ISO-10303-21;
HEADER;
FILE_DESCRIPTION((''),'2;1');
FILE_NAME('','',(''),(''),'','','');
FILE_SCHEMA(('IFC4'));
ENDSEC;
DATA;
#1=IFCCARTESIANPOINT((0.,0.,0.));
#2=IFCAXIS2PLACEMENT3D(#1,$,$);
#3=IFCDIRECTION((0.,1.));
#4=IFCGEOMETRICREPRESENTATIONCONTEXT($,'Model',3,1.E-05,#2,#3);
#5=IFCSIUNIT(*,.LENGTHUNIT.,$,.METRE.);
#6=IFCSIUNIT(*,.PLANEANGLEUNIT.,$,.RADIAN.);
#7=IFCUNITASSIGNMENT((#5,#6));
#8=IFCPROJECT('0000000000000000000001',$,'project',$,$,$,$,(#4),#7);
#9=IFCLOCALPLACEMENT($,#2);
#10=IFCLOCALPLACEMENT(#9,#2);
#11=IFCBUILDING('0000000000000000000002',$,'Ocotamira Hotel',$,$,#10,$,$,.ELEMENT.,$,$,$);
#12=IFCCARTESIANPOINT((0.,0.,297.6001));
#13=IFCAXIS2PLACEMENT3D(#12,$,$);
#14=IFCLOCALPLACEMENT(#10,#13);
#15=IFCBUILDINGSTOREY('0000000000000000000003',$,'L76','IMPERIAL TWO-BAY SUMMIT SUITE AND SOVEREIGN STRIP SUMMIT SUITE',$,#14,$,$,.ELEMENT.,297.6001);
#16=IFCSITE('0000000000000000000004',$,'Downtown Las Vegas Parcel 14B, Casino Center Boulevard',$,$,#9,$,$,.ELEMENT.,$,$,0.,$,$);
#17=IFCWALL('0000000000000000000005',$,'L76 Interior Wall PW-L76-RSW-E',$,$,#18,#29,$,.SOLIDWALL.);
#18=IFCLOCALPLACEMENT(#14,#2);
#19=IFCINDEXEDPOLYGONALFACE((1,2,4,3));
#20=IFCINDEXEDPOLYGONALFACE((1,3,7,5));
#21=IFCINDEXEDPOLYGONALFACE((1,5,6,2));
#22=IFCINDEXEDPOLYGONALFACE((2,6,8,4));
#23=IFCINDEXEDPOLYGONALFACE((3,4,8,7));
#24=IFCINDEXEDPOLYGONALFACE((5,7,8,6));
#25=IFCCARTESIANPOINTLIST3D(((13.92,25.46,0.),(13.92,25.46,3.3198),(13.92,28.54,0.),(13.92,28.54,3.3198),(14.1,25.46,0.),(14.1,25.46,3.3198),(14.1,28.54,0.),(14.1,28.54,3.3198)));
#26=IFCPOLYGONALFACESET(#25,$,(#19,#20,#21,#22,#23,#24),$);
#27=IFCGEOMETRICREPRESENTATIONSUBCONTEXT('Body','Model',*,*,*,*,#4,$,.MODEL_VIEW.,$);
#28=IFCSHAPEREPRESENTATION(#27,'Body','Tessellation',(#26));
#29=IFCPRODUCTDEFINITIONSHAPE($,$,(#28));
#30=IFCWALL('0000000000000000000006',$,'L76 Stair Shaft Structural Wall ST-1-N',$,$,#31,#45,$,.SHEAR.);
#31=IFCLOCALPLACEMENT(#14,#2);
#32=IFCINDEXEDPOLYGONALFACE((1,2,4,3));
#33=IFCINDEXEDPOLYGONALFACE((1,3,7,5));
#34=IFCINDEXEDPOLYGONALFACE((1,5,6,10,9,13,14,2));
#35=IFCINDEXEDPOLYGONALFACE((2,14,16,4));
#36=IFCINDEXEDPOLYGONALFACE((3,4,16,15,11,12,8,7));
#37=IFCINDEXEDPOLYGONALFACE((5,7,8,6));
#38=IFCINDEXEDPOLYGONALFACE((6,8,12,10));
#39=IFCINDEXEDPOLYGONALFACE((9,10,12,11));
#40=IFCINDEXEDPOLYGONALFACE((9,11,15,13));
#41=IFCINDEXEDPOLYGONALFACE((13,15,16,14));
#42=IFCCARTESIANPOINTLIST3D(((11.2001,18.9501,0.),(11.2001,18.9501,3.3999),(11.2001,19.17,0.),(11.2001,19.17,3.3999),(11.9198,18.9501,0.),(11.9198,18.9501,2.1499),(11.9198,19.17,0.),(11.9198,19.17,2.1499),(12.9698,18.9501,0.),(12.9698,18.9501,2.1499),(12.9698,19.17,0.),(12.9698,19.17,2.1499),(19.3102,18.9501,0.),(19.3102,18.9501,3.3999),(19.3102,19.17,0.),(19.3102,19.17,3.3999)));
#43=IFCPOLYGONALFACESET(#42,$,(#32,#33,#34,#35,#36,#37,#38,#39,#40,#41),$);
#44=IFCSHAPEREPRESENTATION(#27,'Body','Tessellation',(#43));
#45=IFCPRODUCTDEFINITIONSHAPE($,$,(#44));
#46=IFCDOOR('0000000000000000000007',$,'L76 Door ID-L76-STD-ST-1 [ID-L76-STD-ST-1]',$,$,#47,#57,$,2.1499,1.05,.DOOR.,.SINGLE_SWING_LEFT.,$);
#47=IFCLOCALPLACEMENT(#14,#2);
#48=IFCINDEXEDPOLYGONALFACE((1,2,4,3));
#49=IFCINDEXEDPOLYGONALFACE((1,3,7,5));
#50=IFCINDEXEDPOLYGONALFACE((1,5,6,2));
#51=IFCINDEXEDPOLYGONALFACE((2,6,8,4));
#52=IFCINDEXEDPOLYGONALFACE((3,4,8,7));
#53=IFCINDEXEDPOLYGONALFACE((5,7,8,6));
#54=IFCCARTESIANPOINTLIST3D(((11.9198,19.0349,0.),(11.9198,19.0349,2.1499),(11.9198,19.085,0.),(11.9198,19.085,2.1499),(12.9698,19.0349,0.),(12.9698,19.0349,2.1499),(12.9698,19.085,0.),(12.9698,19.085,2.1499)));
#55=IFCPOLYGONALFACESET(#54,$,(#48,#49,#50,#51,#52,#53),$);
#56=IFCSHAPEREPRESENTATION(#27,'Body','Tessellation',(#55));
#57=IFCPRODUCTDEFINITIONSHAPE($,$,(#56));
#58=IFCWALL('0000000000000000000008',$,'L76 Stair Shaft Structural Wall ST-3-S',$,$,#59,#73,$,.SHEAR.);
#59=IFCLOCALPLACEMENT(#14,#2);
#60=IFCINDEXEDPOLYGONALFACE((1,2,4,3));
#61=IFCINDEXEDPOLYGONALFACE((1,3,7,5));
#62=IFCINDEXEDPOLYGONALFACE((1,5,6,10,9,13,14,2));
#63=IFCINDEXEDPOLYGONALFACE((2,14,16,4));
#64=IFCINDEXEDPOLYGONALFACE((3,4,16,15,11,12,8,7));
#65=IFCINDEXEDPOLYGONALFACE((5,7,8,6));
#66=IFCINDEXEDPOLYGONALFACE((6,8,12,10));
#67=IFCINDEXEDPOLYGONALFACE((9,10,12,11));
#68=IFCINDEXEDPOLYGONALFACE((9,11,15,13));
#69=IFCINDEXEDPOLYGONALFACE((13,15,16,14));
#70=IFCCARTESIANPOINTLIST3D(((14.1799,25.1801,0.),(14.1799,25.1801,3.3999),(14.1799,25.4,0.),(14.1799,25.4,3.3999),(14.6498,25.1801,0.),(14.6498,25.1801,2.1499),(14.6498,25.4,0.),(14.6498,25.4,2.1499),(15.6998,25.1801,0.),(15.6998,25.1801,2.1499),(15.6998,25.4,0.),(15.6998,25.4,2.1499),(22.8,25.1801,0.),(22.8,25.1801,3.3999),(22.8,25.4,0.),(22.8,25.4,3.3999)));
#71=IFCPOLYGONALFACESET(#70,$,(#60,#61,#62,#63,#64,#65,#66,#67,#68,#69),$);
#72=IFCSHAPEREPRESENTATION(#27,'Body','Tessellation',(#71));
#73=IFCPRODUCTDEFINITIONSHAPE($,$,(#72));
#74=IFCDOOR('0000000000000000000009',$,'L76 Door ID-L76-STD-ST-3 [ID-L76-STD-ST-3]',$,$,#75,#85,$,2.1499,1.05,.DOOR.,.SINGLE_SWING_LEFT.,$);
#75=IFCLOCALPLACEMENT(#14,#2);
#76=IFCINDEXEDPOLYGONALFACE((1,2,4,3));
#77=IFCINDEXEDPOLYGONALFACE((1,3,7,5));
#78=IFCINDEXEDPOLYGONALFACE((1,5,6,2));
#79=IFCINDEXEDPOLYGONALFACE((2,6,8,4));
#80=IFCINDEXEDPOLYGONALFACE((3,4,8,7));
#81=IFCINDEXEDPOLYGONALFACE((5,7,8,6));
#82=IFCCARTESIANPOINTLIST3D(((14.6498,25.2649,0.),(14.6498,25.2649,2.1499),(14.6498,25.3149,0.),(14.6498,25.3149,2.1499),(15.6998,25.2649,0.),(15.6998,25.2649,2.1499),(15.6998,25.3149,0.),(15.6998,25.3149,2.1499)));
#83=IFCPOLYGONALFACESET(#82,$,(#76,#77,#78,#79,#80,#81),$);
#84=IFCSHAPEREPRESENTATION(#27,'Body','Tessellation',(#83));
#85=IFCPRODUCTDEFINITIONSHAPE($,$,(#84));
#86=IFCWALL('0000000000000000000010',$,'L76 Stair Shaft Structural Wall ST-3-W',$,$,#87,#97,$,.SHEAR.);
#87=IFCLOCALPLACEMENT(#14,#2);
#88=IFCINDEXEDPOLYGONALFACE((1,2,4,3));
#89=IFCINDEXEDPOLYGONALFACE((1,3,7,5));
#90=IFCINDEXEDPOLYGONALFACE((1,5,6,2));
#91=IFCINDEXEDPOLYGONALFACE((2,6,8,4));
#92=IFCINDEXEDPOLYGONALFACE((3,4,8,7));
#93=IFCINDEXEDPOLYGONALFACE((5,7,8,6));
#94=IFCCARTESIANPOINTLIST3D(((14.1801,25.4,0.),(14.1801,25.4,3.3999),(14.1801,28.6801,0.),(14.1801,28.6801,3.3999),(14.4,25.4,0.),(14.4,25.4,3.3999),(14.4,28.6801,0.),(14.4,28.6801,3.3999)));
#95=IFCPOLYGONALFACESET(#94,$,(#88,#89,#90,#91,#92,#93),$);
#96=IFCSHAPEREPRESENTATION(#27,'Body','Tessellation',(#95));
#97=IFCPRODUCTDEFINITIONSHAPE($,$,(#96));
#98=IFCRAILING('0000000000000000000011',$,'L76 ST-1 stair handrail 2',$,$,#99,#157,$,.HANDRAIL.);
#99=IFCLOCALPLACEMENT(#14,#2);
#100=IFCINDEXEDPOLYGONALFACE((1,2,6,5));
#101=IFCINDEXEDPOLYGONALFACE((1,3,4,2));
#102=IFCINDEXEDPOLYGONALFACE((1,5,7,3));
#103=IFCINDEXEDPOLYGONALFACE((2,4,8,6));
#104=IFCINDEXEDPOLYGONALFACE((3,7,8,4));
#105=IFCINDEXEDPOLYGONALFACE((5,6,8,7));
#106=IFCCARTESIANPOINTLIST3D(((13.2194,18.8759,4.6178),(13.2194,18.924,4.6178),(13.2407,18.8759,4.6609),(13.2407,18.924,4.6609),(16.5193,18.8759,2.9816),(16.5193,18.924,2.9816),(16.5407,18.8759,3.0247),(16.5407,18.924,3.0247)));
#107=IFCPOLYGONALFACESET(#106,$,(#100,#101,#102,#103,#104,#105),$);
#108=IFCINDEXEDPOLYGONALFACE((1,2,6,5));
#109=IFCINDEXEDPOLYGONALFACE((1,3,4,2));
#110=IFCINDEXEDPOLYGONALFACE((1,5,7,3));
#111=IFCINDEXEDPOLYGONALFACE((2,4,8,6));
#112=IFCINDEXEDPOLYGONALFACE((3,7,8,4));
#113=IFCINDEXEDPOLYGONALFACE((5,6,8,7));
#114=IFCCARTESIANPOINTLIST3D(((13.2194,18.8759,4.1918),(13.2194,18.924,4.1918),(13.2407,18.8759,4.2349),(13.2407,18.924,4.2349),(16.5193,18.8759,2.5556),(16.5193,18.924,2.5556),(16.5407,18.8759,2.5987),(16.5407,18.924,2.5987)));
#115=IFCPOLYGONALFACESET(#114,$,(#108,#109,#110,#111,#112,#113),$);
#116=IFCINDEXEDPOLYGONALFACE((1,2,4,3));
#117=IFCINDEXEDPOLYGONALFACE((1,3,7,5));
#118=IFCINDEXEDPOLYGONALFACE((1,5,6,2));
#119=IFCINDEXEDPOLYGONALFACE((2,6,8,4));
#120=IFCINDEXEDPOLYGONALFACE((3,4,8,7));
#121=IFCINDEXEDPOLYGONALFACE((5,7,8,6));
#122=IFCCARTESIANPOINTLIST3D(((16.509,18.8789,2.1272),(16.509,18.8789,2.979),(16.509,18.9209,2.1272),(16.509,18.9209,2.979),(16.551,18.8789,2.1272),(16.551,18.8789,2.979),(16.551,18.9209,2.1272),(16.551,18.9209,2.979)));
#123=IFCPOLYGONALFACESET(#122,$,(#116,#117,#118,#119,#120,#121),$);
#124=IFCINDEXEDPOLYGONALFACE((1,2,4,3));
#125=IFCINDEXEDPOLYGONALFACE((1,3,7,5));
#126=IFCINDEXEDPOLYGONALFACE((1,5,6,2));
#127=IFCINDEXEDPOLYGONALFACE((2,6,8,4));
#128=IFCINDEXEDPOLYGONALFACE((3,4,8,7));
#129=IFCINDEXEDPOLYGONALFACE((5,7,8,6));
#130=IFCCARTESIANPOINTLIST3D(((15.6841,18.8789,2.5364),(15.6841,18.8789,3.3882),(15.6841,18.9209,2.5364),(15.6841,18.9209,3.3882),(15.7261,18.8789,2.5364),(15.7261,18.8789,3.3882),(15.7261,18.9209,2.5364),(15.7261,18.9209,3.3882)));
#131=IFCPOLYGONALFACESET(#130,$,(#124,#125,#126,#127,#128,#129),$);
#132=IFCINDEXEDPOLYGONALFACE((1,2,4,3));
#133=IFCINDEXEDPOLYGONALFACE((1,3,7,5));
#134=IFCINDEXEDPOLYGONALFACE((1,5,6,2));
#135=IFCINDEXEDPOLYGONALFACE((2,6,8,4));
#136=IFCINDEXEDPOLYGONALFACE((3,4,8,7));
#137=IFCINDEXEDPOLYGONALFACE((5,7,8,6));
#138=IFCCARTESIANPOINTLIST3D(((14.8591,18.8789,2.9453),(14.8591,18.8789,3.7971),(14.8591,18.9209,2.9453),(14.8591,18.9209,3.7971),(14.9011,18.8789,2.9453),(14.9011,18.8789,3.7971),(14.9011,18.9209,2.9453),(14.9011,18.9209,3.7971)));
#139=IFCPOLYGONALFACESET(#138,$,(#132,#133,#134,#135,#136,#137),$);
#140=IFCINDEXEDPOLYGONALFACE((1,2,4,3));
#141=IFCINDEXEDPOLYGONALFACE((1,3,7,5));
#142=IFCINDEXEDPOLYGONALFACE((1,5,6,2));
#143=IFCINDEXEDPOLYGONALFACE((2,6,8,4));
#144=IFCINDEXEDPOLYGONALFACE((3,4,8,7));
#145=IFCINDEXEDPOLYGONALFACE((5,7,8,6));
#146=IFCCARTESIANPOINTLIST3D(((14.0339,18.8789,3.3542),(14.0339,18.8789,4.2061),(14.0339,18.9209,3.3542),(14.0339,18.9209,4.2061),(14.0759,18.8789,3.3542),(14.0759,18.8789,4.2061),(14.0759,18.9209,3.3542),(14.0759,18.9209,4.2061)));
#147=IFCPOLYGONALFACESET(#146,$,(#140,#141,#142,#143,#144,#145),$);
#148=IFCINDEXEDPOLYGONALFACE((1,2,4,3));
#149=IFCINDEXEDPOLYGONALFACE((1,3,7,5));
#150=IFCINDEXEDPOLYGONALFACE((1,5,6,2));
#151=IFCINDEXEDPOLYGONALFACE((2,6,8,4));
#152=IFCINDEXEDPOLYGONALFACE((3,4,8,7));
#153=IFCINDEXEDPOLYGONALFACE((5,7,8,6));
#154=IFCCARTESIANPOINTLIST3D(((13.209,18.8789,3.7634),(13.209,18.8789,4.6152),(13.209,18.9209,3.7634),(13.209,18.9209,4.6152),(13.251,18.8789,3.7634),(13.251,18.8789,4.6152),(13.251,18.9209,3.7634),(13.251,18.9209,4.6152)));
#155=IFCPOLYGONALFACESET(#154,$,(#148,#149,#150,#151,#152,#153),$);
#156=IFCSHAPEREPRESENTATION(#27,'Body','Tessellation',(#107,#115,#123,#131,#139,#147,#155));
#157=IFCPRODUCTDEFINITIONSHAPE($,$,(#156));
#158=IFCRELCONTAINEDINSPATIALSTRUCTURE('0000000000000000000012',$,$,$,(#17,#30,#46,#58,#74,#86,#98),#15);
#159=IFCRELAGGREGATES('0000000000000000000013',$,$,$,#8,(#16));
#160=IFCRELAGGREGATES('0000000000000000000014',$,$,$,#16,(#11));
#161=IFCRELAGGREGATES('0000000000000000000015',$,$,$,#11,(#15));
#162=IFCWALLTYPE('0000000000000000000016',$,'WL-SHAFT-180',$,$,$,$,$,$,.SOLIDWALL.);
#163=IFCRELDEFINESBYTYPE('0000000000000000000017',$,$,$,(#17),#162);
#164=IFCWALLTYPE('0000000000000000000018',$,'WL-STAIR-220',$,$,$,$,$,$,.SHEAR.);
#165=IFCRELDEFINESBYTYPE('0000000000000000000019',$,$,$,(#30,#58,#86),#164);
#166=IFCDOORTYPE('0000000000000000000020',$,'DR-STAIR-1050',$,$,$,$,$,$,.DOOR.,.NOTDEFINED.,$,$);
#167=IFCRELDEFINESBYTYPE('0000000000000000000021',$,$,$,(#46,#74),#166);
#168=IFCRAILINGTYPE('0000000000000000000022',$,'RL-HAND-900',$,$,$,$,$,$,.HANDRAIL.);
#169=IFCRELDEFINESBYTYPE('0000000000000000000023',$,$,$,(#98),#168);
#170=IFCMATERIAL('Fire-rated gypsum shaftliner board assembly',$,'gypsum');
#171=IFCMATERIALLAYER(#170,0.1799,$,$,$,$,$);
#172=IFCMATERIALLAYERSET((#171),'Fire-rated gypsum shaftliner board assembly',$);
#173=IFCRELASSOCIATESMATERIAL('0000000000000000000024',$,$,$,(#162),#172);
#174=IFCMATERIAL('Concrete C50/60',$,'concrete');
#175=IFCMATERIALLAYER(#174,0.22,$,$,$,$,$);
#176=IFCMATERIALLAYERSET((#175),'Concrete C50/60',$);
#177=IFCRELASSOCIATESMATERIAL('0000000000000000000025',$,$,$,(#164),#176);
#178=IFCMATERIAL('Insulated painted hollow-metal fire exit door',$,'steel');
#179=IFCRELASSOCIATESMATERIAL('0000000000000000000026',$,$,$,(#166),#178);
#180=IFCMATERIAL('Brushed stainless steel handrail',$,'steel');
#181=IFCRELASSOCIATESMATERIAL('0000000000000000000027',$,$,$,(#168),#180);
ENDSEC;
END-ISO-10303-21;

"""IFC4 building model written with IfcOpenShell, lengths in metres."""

from ifc_helpers import new_model, si_unit, direction, frame, frame_2d, origin, origin_2d, place, context, subcontext, project, spatial, rectangle, extrude, source, transform, mapped, material, layer, layer_set, type_object, element, fill, save


model = new_model("IFC4")

# Units and contexts
model_context = context("Model", 3, precision=1e-05, world=origin(), true_north=direction((0.0, 1.0)))
body_context = subcontext(model_context, "Body", "Model", "MODEL_VIEW")
ifc_project = project(units=[si_unit("LENGTHUNIT", "METRE"), si_unit("PLANEANGLEUNIT", "RADIAN")], contexts=[model_context])

# Site, building, storey
site_placement = place(None, origin())
site = spatial("IfcSite", under=ifc_project, at=site_placement, Name="Downtown Las Vegas Parcel 14B, Casino Center Boulevard", CompositionType="ELEMENT", RefElevation=0.0)
building_placement = place(site_placement, origin())
building = spatial("IfcBuilding", under=site, at=building_placement, Name="Ocotamira Hotel", CompositionType="ELEMENT")
storey_placement = place(building_placement, frame((0.0, 0.0, 297.6001)))
storey = spatial("IfcBuildingStorey", under=building, at=storey_placement, Name="L76", Description="IMPERIAL TWO-BAY SUMMIT SUITE AND SOVEREIGN STRIP SUMMIT SUITE", CompositionType="ELEMENT", Elevation=297.6001)

# Shared definitions
ifc_material_1 = material(Name="Concrete C50/60", Category="concrete")

# Shared definitions
ifc_material_2 = material(Name="Fire-rated gypsum shaftliner board assembly", Category="gypsum")
ifc_layer_1 = layer(ifc_material_2, 0.1799)
ifc_layer_set_1 = layer_set([ifc_layer_1], Name="Fire-rated gypsum shaftliner board assembly")
wall_type_1 = type_object("IfcWallType", Name="WL-SHAFT-180", PredefinedType="SOLIDWALL", material=ifc_layer_set_1)

# Wall
wall_1_placement = place(storey_placement, frame((14.01, 25.46, 0.0), z_axis=(0.0, 0.0, 1.0), x_axis=(0.0, 1.0, 0.0)))
element("IfcWall", 1, at=wall_1_placement, inside=storey, type_object=wall_type_1, Name="L76 Interior Wall PW-L76-RSW-E", PredefinedType="SOLIDWALL", context=body_context, shape_type="SweptSolid", body=[
    extrude(rectangle(XDim=3.0801, YDim=0.1799, at=frame_2d((1.54, 0.0))), origin(), (0.0, 0.0, 1.0), 3.3198),
])

# Walls, openings, doors
ifc_layer_2 = layer(ifc_material_1, 0.22)
ifc_layer_set_2 = layer_set([ifc_layer_2], Name="Concrete C50/60")
wall_type_2 = type_object("IfcWallType", Name="WL-STAIR-220", PredefinedType="SHEAR", material=ifc_layer_set_2)
wall_2_placement = place(storey_placement, frame((11.2, 19.0601, 0.0), z_axis=(0.0, 0.0, 1.0), x_axis=(1.0, 0.0, 0.0)))
wall_2 = element("IfcWall", 2, at=wall_2_placement, inside=storey, type_object=wall_type_2, Name="L76 Stair Shaft Structural Wall ST-1-N", PredefinedType="SHEAR", context=body_context, shape_type="SweptSolid", body=[
    extrude(rectangle(XDim=8.1101, YDim=0.22, at=frame_2d((4.0552, 0.0))), origin(), (0.0, 0.0, 1.0), 3.3999),
])
opening_1_placement = place(wall_2_placement, frame((0.72, 0.0, 0.0)))
opening_1 = element("IfcOpeningElement", 3, at=opening_1_placement, cuts=wall_2, PredefinedType="OPENING", context=body_context, shape_type="SweptSolid", body=[
    extrude(rectangle(XDim=1.05, YDim=2.1499, at=frame_2d((0.5249, 1.075))), frame((0.0, 0.1201, 0.0), z_axis=(0.0, -1.0, 0.0), x_axis=(1.0, 0.0, 0.0)), (0.0, 0.0, 1.0), 0.24),
])
ifc_material_3 = material(Name="Insulated painted hollow-metal fire exit door", Category="steel")
door_type_1 = type_object("IfcDoorType", Name="DR-STAIR-1050", OperationType="NOTDEFINED", PredefinedType="DOOR", material=ifc_material_3)
shared_shape_1 = source(origin(), body_context, "Body", "SweptSolid", [
    extrude(rectangle(XDim=1.05, YDim=2.1499, at=frame_2d((0.5249, 1.075))), frame((0.0, 0.0249, 0.0), z_axis=(0.0, -1.0, 0.0), x_axis=(1.0, 0.0, 0.0)), (0.0, 0.0, 1.0), 0.05),
])
door_1_placement = place(opening_1_placement, origin())
door_1 = element("IfcDoor", 4, at=door_1_placement, inside=storey, type_object=door_type_1, Name="L76 Door ID-L76-STD-ST-1 [ID-L76-STD-ST-1]", OperationType="SINGLE_SWING_LEFT", OverallHeight=2.1499, OverallWidth=1.05, PredefinedType="DOOR", context=body_context, shape_type="MappedRepresentation", body=[
    mapped(shared_shape_1, transform((0.0, 0.0, 0.0), scale=1.0)),
])
fill(opening_1, door_1)
wall_3_placement = place(storey_placement, frame((14.1799, 25.29, 0.0), z_axis=(0.0, 0.0, 1.0), x_axis=(1.0, 0.0, 0.0)))
wall_3 = element("IfcWall", 5, at=wall_3_placement, inside=storey, type_object=wall_type_2, Name="L76 Stair Shaft Structural Wall ST-3-S", PredefinedType="SHEAR", context=body_context, shape_type="SweptSolid", body=[
    extrude(rectangle(XDim=8.6201, YDim=0.22, at=frame_2d((4.3101, 0.0))), origin(), (0.0, 0.0, 1.0), 3.3999),
])
opening_2_placement = place(wall_3_placement, frame((0.47, 0.0, 0.0)))
opening_2 = element("IfcOpeningElement", 6, at=opening_2_placement, cuts=wall_3, PredefinedType="OPENING", context=body_context, shape_type="SweptSolid", body=[
    extrude(rectangle(XDim=1.05, YDim=2.1499, at=frame_2d((0.5249, 1.075))), frame((0.0, 0.1201, 0.0), z_axis=(0.0, -1.0, 0.0), x_axis=(1.0, 0.0, 0.0)), (0.0, 0.0, 1.0), 0.24),
])
door_2_placement = place(opening_2_placement, origin())
door_2 = element("IfcDoor", 7, at=door_2_placement, inside=storey, type_object=door_type_1, Name="L76 Door ID-L76-STD-ST-3 [ID-L76-STD-ST-3]", OperationType="SINGLE_SWING_LEFT", OverallHeight=2.1499, OverallWidth=1.05, PredefinedType="DOOR", context=body_context, shape_type="MappedRepresentation", body=[
    mapped(shared_shape_1, transform((0.0, 0.0, 0.0), scale=1.0)),
])
fill(opening_2, door_2)

# Wall
wall_4_placement = place(storey_placement, frame((14.29, 25.3999, 0.0), z_axis=(0.0, 0.0, 1.0), x_axis=(0.0, 1.0, 0.0)))
element("IfcWall", 8, at=wall_4_placement, inside=storey, type_object=wall_type_2, Name="L76 Stair Shaft Structural Wall ST-3-W", PredefinedType="SHEAR", context=body_context, shape_type="SweptSolid", body=[
    extrude(rectangle(XDim=3.28, YDim=0.22, at=frame_2d((1.6401, 0.0))), origin(), (0.0, 0.0, 1.0), 3.3999),
])

# Railing
ifc_material_4 = material(Name="Brushed stainless steel handrail", Category="steel")
railing_type = type_object("IfcRailingType", Name="RL-HAND-900", PredefinedType="HANDRAIL", material=ifc_material_4)
railing_1_placement = place(storey_placement, frame((16.53, 18.8999, 2.1272)))
element("IfcRailing", 9, at=railing_1_placement, inside=storey, type_object=railing_type, Name="L76 ST-1 stair handrail 2", PredefinedType="HANDRAIL", context=body_context, shape_type="SweptSolid", body=[
    extrude(rectangle(XDim=0.0481, YDim=0.0481, at=origin_2d()), frame((0.0, 0.0, 0.876), z_axis=(-0.89592, 0.0, 0.444215), x_axis=(0.0, -1.0, 0.0)), (0.0, 0.0, 1.0), 3.6833),
    extrude(rectangle(XDim=0.0481, YDim=0.0481, at=origin_2d()), frame((0.0, 0.0, 0.45), z_axis=(-0.89592, 0.0, 0.444215), x_axis=(0.0, -1.0, 0.0)), (0.0, 0.0, 1.0), 3.6833),
    extrude(rectangle(XDim=0.042, YDim=0.042, at=origin_2d()), origin(), (0.0, 0.0, 1.0), 0.8518),
    extrude(rectangle(XDim=0.042, YDim=0.042, at=origin_2d()), frame((-0.825, 0.0, 0.4092)), (0.0, 0.0, 1.0), 0.8518),
    extrude(rectangle(XDim=0.042, YDim=0.042, at=origin_2d()), frame((-1.6499, 0.0, 0.8181)), (0.0, 0.0, 1.0), 0.8518),
    extrude(rectangle(XDim=0.042, YDim=0.042, at=origin_2d()), frame((-2.4751, 0.0, 1.2271)), (0.0, 0.0, 1.0), 0.8518),
    extrude(rectangle(XDim=0.042, YDim=0.042, at=origin_2d()), frame((-3.3, 0.0, 1.6362)), (0.0, 0.0, 1.0), 0.8518),
])

save(model, "model.ifc")
